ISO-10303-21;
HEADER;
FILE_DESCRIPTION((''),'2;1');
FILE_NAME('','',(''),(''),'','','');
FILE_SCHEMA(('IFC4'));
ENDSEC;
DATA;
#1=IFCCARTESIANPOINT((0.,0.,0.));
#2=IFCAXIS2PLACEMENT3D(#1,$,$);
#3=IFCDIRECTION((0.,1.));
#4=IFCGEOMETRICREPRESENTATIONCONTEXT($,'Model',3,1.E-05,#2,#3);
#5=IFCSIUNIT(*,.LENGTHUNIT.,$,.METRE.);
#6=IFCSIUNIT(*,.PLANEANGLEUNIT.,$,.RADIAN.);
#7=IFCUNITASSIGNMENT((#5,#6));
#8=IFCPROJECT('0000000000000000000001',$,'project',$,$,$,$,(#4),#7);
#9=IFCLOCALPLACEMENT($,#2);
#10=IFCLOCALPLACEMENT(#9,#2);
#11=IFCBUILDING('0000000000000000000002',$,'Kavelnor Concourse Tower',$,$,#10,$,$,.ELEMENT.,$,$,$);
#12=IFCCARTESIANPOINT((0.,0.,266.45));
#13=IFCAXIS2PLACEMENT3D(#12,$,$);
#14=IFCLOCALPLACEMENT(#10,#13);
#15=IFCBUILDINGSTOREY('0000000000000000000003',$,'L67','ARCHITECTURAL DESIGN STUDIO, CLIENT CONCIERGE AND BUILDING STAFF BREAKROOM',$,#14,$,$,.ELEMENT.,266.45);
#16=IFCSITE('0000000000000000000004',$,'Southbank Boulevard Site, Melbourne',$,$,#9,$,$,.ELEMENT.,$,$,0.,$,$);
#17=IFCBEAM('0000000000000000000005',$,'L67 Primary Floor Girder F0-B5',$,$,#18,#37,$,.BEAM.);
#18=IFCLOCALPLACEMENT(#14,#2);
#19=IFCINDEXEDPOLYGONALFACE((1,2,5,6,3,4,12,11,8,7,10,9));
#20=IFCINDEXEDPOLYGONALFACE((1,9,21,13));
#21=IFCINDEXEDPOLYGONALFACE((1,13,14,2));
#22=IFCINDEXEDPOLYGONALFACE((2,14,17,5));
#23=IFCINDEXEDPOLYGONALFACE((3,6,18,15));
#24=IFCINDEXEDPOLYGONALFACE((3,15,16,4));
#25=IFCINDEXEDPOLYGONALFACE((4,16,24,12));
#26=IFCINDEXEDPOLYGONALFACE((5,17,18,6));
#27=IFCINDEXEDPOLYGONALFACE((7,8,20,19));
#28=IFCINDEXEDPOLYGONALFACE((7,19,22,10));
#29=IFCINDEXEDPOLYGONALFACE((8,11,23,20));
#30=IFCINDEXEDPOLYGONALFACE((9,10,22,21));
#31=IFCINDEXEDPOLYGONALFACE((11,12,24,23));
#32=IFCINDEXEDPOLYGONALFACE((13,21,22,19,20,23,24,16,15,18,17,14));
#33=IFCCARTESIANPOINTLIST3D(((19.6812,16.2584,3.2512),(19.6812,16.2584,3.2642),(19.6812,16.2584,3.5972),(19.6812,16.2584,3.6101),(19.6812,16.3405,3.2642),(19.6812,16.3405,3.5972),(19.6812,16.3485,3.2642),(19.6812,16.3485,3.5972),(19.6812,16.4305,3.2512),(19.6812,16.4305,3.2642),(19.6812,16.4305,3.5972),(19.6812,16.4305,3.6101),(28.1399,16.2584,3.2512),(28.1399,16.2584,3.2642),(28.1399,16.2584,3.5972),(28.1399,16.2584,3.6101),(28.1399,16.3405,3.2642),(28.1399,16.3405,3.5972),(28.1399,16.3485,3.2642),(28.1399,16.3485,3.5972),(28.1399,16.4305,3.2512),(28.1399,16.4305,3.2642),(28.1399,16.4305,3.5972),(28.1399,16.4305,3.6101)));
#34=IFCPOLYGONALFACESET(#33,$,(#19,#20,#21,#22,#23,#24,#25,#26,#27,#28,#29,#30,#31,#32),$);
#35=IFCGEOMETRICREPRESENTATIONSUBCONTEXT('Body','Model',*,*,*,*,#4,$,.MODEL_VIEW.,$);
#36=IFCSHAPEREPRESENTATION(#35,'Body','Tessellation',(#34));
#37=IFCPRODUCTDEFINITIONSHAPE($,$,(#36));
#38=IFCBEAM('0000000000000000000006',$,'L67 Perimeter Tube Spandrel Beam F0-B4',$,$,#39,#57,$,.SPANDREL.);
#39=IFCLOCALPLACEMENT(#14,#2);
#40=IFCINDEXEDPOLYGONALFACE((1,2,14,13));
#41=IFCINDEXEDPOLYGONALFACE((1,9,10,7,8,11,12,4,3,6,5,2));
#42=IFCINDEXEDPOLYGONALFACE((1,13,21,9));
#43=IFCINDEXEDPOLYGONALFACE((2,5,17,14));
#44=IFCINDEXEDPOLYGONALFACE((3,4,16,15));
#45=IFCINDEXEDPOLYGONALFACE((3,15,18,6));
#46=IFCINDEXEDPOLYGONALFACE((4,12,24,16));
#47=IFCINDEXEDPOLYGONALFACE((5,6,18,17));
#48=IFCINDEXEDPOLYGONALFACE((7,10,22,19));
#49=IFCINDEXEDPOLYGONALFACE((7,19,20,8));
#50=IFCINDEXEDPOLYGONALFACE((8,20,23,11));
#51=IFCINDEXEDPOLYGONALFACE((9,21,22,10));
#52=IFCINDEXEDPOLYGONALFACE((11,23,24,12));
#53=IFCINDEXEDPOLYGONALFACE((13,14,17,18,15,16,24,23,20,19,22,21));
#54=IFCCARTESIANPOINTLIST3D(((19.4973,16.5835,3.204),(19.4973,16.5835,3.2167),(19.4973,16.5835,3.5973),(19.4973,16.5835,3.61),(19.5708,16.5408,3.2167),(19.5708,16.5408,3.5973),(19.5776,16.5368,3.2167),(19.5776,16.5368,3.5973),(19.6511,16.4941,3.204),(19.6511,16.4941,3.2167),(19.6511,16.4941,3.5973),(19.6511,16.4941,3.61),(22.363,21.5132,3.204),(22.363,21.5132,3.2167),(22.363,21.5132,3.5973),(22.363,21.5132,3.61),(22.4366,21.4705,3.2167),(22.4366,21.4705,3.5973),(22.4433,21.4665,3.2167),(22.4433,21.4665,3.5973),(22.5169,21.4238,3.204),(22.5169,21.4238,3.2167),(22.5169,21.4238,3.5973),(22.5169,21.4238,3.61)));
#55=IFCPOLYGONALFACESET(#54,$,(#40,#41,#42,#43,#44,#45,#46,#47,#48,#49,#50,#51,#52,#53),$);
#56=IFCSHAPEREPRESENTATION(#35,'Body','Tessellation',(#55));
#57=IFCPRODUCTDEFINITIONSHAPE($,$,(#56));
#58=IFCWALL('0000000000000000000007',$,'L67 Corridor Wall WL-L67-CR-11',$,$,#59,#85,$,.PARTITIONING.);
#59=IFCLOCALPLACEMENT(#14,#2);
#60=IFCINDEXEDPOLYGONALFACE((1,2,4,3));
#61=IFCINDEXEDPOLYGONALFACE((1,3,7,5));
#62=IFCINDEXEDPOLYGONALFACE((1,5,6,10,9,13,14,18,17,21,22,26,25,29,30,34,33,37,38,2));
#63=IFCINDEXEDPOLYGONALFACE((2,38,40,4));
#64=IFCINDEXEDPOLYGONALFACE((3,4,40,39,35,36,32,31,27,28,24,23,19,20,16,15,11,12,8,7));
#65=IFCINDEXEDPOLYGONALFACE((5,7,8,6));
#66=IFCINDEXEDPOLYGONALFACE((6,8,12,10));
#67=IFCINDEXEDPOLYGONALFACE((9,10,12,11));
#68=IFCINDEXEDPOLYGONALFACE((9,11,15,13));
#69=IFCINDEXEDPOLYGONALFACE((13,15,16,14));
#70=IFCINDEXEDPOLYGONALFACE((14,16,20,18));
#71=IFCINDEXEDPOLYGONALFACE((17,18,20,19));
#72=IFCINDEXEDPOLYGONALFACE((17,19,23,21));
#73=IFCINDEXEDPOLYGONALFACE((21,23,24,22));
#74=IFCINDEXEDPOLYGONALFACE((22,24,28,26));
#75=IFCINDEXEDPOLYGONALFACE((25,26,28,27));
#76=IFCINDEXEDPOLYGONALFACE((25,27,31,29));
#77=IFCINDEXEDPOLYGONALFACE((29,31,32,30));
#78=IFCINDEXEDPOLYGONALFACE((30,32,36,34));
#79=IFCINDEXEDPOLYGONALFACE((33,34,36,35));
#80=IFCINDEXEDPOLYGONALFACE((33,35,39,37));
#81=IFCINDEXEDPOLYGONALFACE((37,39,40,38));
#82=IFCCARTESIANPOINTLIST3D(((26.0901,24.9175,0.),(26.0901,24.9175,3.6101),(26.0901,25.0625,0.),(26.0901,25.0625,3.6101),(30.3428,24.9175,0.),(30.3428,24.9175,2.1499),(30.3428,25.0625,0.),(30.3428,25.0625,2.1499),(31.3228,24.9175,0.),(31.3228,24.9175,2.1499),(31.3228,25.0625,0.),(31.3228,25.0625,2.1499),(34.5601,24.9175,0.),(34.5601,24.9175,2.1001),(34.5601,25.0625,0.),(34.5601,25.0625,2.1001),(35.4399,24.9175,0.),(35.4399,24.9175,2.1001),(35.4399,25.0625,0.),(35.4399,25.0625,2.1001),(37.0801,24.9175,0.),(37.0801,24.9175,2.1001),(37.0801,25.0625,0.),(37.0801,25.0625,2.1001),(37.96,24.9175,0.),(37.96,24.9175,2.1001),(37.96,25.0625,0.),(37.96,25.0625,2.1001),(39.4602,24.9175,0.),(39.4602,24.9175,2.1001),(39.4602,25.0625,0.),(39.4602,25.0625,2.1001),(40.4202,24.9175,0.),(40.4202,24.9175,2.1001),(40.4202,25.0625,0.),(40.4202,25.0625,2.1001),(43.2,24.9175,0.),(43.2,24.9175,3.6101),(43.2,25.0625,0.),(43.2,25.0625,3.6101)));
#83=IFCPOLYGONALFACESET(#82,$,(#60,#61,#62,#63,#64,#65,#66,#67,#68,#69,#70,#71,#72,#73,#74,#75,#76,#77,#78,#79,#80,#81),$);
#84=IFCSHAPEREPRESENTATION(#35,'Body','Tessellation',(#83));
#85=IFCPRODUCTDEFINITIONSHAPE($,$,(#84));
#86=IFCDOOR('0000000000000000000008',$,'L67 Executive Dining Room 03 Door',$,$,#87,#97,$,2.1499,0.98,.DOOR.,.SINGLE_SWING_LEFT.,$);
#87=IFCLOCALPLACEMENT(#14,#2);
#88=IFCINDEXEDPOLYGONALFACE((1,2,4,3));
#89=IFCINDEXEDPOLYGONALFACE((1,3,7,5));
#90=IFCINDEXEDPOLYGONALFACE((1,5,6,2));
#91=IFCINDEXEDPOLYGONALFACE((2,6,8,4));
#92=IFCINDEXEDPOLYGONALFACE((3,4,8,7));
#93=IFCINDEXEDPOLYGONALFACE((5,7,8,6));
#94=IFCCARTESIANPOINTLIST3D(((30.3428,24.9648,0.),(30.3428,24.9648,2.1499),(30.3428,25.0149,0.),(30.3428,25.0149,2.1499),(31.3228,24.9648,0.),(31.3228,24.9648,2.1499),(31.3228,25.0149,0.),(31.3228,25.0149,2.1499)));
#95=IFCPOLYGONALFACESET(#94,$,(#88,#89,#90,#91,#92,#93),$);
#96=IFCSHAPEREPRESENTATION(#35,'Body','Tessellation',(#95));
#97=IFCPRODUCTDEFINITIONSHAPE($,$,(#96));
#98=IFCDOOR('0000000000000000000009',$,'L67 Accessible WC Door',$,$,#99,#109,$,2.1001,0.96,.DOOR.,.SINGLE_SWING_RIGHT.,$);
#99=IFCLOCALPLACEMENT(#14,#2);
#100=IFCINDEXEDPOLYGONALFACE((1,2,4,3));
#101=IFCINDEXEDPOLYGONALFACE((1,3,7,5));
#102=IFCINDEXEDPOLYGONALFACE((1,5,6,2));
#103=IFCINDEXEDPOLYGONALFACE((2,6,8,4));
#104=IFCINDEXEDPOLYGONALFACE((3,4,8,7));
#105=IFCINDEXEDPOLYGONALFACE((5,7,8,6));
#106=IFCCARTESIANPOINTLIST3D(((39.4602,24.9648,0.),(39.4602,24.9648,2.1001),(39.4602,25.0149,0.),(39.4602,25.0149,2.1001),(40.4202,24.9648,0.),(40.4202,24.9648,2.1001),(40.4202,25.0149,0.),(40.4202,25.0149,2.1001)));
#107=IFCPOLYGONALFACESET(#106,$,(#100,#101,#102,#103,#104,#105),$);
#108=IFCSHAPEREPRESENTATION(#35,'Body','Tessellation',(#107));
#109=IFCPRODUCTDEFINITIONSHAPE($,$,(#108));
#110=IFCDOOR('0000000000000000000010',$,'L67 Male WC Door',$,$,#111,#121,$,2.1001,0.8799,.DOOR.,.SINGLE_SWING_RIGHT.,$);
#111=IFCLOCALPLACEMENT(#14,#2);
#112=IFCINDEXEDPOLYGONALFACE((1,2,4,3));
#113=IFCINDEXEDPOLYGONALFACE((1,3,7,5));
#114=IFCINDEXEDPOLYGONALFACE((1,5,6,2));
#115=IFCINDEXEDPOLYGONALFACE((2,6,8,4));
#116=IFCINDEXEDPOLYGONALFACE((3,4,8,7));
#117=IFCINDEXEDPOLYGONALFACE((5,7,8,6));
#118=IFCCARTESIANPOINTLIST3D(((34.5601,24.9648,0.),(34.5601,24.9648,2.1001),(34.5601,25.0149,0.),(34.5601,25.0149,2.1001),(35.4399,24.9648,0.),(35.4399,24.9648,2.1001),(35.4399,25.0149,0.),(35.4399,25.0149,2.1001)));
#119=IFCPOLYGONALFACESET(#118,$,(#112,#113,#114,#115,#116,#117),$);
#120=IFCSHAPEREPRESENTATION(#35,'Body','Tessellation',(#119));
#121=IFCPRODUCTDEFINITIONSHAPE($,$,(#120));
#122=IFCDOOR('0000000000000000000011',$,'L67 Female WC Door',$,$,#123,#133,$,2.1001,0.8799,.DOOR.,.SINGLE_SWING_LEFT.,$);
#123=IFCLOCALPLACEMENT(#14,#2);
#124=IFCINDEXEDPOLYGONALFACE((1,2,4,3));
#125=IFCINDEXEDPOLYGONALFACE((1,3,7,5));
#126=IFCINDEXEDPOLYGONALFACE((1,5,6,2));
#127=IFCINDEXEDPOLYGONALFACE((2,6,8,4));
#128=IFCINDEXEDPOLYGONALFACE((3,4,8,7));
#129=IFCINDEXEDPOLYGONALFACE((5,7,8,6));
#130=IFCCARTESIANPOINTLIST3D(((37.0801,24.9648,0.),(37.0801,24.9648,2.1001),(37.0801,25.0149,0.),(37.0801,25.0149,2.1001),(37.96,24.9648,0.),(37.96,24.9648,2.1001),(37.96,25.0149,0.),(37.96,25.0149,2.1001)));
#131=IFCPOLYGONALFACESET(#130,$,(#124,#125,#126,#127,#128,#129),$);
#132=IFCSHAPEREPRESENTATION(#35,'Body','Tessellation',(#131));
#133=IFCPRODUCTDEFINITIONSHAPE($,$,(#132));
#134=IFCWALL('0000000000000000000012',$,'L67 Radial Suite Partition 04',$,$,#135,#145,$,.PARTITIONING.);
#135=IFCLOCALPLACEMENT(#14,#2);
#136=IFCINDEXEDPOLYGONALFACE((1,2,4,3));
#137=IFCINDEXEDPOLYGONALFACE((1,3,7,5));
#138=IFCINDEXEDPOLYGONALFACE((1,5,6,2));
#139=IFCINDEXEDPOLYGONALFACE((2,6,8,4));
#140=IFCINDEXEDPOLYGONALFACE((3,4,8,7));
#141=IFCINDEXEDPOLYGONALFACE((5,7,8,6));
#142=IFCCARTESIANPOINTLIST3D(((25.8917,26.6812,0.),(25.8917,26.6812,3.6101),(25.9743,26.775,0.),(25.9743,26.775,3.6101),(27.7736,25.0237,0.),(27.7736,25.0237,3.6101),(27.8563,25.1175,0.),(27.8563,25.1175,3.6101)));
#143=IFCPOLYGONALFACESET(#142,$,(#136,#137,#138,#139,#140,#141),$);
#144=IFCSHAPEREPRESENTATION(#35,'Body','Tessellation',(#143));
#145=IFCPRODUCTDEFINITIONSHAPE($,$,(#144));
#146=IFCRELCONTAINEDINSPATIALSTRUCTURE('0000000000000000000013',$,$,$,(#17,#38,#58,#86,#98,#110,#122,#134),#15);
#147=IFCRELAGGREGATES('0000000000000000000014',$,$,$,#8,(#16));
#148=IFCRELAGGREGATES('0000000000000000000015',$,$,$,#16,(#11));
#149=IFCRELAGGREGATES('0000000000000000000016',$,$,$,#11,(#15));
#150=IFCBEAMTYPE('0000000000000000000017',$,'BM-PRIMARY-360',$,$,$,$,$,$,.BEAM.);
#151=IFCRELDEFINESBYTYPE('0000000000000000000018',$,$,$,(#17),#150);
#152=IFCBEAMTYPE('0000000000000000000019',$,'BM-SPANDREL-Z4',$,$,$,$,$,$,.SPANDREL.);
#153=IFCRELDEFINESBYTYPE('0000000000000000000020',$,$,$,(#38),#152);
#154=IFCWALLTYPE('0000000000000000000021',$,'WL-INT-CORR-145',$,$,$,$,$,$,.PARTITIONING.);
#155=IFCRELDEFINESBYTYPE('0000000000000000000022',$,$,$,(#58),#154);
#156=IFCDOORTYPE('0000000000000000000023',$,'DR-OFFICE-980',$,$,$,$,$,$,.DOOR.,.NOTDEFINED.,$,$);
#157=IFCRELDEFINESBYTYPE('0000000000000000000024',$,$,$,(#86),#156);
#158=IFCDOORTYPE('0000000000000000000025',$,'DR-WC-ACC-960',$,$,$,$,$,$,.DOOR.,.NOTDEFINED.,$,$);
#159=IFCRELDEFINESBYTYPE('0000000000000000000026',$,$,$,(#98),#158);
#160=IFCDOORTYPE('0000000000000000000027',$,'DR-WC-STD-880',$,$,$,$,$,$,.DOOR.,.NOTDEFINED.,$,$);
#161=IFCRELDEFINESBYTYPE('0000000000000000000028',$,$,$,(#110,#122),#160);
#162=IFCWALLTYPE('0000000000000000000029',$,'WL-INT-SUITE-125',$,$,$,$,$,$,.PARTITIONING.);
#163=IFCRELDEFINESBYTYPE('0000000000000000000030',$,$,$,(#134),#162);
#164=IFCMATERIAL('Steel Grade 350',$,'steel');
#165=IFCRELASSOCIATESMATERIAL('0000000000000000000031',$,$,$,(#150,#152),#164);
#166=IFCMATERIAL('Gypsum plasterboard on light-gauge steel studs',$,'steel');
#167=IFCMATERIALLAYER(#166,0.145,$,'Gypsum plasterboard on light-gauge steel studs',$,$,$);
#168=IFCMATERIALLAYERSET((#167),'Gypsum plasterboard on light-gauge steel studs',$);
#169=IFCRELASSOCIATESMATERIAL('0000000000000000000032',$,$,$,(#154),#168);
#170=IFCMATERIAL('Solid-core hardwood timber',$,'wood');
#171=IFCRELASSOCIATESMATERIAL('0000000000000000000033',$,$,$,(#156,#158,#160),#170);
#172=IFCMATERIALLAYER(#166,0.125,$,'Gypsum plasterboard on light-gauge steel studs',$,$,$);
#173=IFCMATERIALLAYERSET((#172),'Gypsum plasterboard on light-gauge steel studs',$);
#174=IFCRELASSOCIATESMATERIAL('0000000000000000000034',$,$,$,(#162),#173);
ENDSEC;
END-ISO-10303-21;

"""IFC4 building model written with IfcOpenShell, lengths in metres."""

from ifc_helpers import new_model, si_unit, direction, frame, frame_2d, origin, origin_2d, place, context, subcontext, project, spatial, rectangle, i_section, extrude, material, layer, layer_set, material_profile, profile_set, type_object, element, fill, save


model = new_model("IFC4")

# Units and contexts
model_context = context("Model", 3, precision=1e-05, world=origin(), true_north=direction((0.0, 1.0)))
body_context = subcontext(model_context, "Body", "Model", "MODEL_VIEW")
ifc_project = project(units=[si_unit("LENGTHUNIT", "METRE"), si_unit("PLANEANGLEUNIT", "RADIAN")], contexts=[model_context])

# Site, building, storey
site_placement = place(None, origin())
site = spatial("IfcSite", under=ifc_project, at=site_placement, Name="Southbank Boulevard Site, Melbourne", CompositionType="ELEMENT", RefElevation=0.0)
building_placement = place(site_placement, origin())
building = spatial("IfcBuilding", under=site, at=building_placement, Name="Kavelnor Concourse Tower", CompositionType="ELEMENT")
storey_placement = place(building_placement, frame((0.0, 0.0, 266.45)))
storey = spatial("IfcBuildingStorey", under=building, at=storey_placement, Name="L67", Description="ARCHITECTURAL DESIGN STUDIO, CLIENT CONCIERGE AND BUILDING STAFF BREAKROOM", CompositionType="ELEMENT", Elevation=266.45)

# Shared definitions
ifc_material_1 = material(Name="Steel Grade 350", Category="steel")

# Beams
ifc_material_profile_1 = material_profile(ifc_material_1, i_section(OverallWidth=0.1721, OverallDepth=0.3589, WebThickness=0.0081, FlangeThickness=0.0129, at=origin_2d()), Name="360UB56")
ifc_profile_set_1 = profile_set([ifc_material_profile_1], Name="Steel Grade 350")
beam_type_1 = type_object("IfcBeamType", Name="BM-PRIMARY-360", PredefinedType="BEAM", material=ifc_profile_set_1)
beam_1_placement = place(storey_placement, frame((28.1399, 16.3445, 3.4307), z_axis=(-1.0, 0.0, 0.0), x_axis=(0.0, -1.0, 0.0)))
element("IfcBeam", 1, at=beam_1_placement, inside=storey, type_object=beam_type_1, Name="L67 Primary Floor Girder F0-B5", PredefinedType="BEAM", context=body_context, shape_type="SweptSolid", body=[
    extrude(i_section(OverallWidth=0.1721, OverallDepth=0.3589, WebThickness=0.0081, FlangeThickness=0.0129, at=origin_2d()), origin(), (0.0, 0.0, 1.0), 8.4587),
])
ifc_material_profile_2 = material_profile(ifc_material_1, i_section(OverallWidth=0.178, OverallDepth=0.406, WebThickness=0.0078, FlangeThickness=0.0127, at=origin_2d()), Name="410UB59")
ifc_profile_set_2 = profile_set([ifc_material_profile_2], Name="Steel Grade 350")
beam_type_2 = type_object("IfcBeamType", Name="BM-SPANDREL-Z4", PredefinedType="SPANDREL", material=ifc_profile_set_2)
beam_2_placement = place(storey_placement, frame((22.4399, 21.4685, 3.407), z_axis=(-0.502571, -0.864536, 0.0), x_axis=(0.864536, -0.502571, 0.0)))
element("IfcBeam", 2, at=beam_2_placement, inside=storey, type_object=beam_type_2, Name="L67 Perimeter Tube Spandrel Beam F0-B4", PredefinedType="SPANDREL", context=body_context, shape_type="SweptSolid", body=[
    extrude(i_section(OverallWidth=0.178, OverallDepth=0.406, WebThickness=0.0078, FlangeThickness=0.0127, at=origin_2d()), origin(), (0.0, 0.0, 1.0), 5.7021),
])

# Wall, openings, doors
ifc_material_2 = material(Name="Gypsum plasterboard on light-gauge steel studs", Category="steel")
ifc_layer_1 = layer(ifc_material_2, 0.145, Name="Gypsum plasterboard on light-gauge steel studs")
ifc_layer_set_1 = layer_set([ifc_layer_1], Name="Gypsum plasterboard on light-gauge steel studs")
wall_type_1 = type_object("IfcWallType", Name="WL-INT-CORR-145", PredefinedType="PARTITIONING", material=ifc_layer_set_1)
wall_1_placement = place(storey_placement, frame((26.0901, 24.99, 0.0), z_axis=(0.0, 0.0, 1.0), x_axis=(1.0, 0.0, 0.0)))
wall_1 = element("IfcWall", 3, at=wall_1_placement, inside=storey, type_object=wall_type_1, Name="L67 Corridor Wall WL-L67-CR-11", PredefinedType="PARTITIONING", context=body_context, shape_type="SweptSolid", body=[
    extrude(rectangle(XDim=17.1099, YDim=0.145, at=frame_2d((8.5549, 0.0))), origin(), (0.0, 0.0, 1.0), 3.6101),
])
opening_1_placement = place(wall_1_placement, frame((8.47, 0.0, 0.0)))
opening_1 = element("IfcOpeningElement", 4, at=opening_1_placement, cuts=wall_1, PredefinedType="OPENING", context=body_context, shape_type="SweptSolid", body=[
    extrude(rectangle(XDim=0.8799, YDim=2.1001, at=frame_2d((0.4399, 1.05))), frame((0.0, 0.0825, 0.0), z_axis=(0.0, -1.0, 0.0), x_axis=(1.0, 0.0, 0.0)), (0.0, 0.0, 1.0), 0.165),
])
opening_2_placement = place(wall_1_placement, frame((10.99, 0.0, 0.0)))
opening_2 = element("IfcOpeningElement", 5, at=opening_2_placement, cuts=wall_1, PredefinedType="OPENING", context=body_context, shape_type="SweptSolid", body=[
    extrude(rectangle(XDim=0.8799, YDim=2.1001, at=frame_2d((0.4399, 1.05))), frame((0.0, 0.0825, 0.0), z_axis=(0.0, -1.0, 0.0), x_axis=(1.0, 0.0, 0.0)), (0.0, 0.0, 1.0), 0.165),
])
opening_3_placement = place(wall_1_placement, frame((13.3701, 0.0, 0.0)))
opening_3 = element("IfcOpeningElement", 6, at=opening_3_placement, cuts=wall_1, PredefinedType="OPENING", context=body_context, shape_type="SweptSolid", body=[
    extrude(rectangle(XDim=0.96, YDim=2.1001, at=frame_2d((0.48, 1.05))), frame((0.0, 0.0825, 0.0), z_axis=(0.0, -1.0, 0.0), x_axis=(1.0, 0.0, 0.0)), (0.0, 0.0, 1.0), 0.165),
])
opening_4_placement = place(wall_1_placement, frame((4.2527, 0.0, 0.0)))
opening_4 = element("IfcOpeningElement", 7, at=opening_4_placement, cuts=wall_1, PredefinedType="OPENING", context=body_context, shape_type="SweptSolid", body=[
    extrude(rectangle(XDim=0.98, YDim=2.1499, at=frame_2d((0.49, 1.075))), frame((0.0, 0.0825, 0.0), z_axis=(0.0, -1.0, 0.0), x_axis=(1.0, 0.0, 0.0)), (0.0, 0.0, 1.0), 0.165),
])
ifc_material_3 = material(Name="Solid-core hardwood timber", Category="wood")
door_type_1 = type_object("IfcDoorType", Name="DR-OFFICE-980", OperationType="NOTDEFINED", PredefinedType="DOOR", material=ifc_material_3)
door_1_placement = place(opening_4_placement, origin())
door_1 = element("IfcDoor", 8, at=door_1_placement, inside=storey, type_object=door_type_1, Name="L67 Executive Dining Room 03 Door", OperationType="SINGLE_SWING_LEFT", OverallHeight=2.1499, OverallWidth=0.98, PredefinedType="DOOR", context=body_context, shape_type="SweptSolid", body=[
    extrude(rectangle(XDim=0.98, YDim=2.1499, at=frame_2d((0.49, 1.075))), frame((0.0, 0.0249, 0.0), z_axis=(0.0, -1.0, 0.0), x_axis=(1.0, 0.0, 0.0)), (0.0, 0.0, 1.0), 0.05),
])
fill(opening_4, door_1)
door_type_2 = type_object("IfcDoorType", Name="DR-WC-ACC-960", OperationType="NOTDEFINED", PredefinedType="DOOR", material=ifc_material_3)
door_2_placement = place(opening_3_placement, origin())
door_2 = element("IfcDoor", 9, at=door_2_placement, inside=storey, type_object=door_type_2, Name="L67 Accessible WC Door", OperationType="SINGLE_SWING_RIGHT", OverallHeight=2.1001, OverallWidth=0.96, PredefinedType="DOOR", context=body_context, shape_type="SweptSolid", body=[
    extrude(rectangle(XDim=0.96, YDim=2.1001, at=frame_2d((0.48, 1.05))), frame((0.0, 0.0249, 0.0), z_axis=(0.0, -1.0, 0.0), x_axis=(1.0, 0.0, 0.0)), (0.0, 0.0, 1.0), 0.05),
])
fill(opening_3, door_2)
door_type_3 = type_object("IfcDoorType", Name="DR-WC-STD-880", OperationType="NOTDEFINED", PredefinedType="DOOR", material=ifc_material_3)
door_3_placement = place(opening_1_placement, origin())
door_3 = element("IfcDoor", 10, at=door_3_placement, inside=storey, type_object=door_type_3, Name="L67 Male WC Door", OperationType="SINGLE_SWING_RIGHT", OverallHeight=2.1001, OverallWidth=0.8799, PredefinedType="DOOR", context=body_context, shape_type="SweptSolid", body=[
    extrude(rectangle(XDim=0.8799, YDim=2.1001, at=frame_2d((0.4399, 1.05))), frame((0.0, 0.0249, 0.0), z_axis=(0.0, -1.0, 0.0), x_axis=(1.0, 0.0, 0.0)), (0.0, 0.0, 1.0), 0.05),
])
fill(opening_1, door_3)
door_4_placement = place(opening_2_placement, origin())
door_4 = element("IfcDoor", 11, at=door_4_placement, inside=storey, type_object=door_type_3, Name="L67 Female WC Door", OperationType="SINGLE_SWING_LEFT", OverallHeight=2.1001, OverallWidth=0.8799, PredefinedType="DOOR", context=body_context, shape_type="SweptSolid", body=[
    extrude(rectangle(XDim=0.8799, YDim=2.1001, at=frame_2d((0.4399, 1.05))), frame((0.0, 0.0249, 0.0), z_axis=(0.0, -1.0, 0.0), x_axis=(1.0, 0.0, 0.0)), (0.0, 0.0, 1.0), 0.05),
])
fill(opening_2, door_4)

# Wall
ifc_layer_2 = layer(ifc_material_2, 0.125, Name="Gypsum plasterboard on light-gauge steel studs")
ifc_layer_set_2 = layer_set([ifc_layer_2], Name="Gypsum plasterboard on light-gauge steel studs")
wall_type_2 = type_object("IfcWallType", Name="WL-INT-SUITE-125", PredefinedType="PARTITIONING", material=ifc_layer_set_2)
wall_2_placement = place(storey_placement, frame((27.8149, 25.0706, 0.0), z_axis=(0.0, 0.0, 1.0), x_axis=(-0.750426, 0.660955, 0.0)))
element("IfcWall", 12, at=wall_2_placement, inside=storey, type_object=wall_type_2, Name="L67 Radial Suite Partition 04", PredefinedType="PARTITIONING", context=body_context, shape_type="SweptSolid", body=[
    extrude(rectangle(XDim=2.5078, YDim=0.125, at=frame_2d((1.2539, 0.0))), origin(), (0.0, 0.0, 1.0), 3.6101),
])

save(model, "model.ifc")
